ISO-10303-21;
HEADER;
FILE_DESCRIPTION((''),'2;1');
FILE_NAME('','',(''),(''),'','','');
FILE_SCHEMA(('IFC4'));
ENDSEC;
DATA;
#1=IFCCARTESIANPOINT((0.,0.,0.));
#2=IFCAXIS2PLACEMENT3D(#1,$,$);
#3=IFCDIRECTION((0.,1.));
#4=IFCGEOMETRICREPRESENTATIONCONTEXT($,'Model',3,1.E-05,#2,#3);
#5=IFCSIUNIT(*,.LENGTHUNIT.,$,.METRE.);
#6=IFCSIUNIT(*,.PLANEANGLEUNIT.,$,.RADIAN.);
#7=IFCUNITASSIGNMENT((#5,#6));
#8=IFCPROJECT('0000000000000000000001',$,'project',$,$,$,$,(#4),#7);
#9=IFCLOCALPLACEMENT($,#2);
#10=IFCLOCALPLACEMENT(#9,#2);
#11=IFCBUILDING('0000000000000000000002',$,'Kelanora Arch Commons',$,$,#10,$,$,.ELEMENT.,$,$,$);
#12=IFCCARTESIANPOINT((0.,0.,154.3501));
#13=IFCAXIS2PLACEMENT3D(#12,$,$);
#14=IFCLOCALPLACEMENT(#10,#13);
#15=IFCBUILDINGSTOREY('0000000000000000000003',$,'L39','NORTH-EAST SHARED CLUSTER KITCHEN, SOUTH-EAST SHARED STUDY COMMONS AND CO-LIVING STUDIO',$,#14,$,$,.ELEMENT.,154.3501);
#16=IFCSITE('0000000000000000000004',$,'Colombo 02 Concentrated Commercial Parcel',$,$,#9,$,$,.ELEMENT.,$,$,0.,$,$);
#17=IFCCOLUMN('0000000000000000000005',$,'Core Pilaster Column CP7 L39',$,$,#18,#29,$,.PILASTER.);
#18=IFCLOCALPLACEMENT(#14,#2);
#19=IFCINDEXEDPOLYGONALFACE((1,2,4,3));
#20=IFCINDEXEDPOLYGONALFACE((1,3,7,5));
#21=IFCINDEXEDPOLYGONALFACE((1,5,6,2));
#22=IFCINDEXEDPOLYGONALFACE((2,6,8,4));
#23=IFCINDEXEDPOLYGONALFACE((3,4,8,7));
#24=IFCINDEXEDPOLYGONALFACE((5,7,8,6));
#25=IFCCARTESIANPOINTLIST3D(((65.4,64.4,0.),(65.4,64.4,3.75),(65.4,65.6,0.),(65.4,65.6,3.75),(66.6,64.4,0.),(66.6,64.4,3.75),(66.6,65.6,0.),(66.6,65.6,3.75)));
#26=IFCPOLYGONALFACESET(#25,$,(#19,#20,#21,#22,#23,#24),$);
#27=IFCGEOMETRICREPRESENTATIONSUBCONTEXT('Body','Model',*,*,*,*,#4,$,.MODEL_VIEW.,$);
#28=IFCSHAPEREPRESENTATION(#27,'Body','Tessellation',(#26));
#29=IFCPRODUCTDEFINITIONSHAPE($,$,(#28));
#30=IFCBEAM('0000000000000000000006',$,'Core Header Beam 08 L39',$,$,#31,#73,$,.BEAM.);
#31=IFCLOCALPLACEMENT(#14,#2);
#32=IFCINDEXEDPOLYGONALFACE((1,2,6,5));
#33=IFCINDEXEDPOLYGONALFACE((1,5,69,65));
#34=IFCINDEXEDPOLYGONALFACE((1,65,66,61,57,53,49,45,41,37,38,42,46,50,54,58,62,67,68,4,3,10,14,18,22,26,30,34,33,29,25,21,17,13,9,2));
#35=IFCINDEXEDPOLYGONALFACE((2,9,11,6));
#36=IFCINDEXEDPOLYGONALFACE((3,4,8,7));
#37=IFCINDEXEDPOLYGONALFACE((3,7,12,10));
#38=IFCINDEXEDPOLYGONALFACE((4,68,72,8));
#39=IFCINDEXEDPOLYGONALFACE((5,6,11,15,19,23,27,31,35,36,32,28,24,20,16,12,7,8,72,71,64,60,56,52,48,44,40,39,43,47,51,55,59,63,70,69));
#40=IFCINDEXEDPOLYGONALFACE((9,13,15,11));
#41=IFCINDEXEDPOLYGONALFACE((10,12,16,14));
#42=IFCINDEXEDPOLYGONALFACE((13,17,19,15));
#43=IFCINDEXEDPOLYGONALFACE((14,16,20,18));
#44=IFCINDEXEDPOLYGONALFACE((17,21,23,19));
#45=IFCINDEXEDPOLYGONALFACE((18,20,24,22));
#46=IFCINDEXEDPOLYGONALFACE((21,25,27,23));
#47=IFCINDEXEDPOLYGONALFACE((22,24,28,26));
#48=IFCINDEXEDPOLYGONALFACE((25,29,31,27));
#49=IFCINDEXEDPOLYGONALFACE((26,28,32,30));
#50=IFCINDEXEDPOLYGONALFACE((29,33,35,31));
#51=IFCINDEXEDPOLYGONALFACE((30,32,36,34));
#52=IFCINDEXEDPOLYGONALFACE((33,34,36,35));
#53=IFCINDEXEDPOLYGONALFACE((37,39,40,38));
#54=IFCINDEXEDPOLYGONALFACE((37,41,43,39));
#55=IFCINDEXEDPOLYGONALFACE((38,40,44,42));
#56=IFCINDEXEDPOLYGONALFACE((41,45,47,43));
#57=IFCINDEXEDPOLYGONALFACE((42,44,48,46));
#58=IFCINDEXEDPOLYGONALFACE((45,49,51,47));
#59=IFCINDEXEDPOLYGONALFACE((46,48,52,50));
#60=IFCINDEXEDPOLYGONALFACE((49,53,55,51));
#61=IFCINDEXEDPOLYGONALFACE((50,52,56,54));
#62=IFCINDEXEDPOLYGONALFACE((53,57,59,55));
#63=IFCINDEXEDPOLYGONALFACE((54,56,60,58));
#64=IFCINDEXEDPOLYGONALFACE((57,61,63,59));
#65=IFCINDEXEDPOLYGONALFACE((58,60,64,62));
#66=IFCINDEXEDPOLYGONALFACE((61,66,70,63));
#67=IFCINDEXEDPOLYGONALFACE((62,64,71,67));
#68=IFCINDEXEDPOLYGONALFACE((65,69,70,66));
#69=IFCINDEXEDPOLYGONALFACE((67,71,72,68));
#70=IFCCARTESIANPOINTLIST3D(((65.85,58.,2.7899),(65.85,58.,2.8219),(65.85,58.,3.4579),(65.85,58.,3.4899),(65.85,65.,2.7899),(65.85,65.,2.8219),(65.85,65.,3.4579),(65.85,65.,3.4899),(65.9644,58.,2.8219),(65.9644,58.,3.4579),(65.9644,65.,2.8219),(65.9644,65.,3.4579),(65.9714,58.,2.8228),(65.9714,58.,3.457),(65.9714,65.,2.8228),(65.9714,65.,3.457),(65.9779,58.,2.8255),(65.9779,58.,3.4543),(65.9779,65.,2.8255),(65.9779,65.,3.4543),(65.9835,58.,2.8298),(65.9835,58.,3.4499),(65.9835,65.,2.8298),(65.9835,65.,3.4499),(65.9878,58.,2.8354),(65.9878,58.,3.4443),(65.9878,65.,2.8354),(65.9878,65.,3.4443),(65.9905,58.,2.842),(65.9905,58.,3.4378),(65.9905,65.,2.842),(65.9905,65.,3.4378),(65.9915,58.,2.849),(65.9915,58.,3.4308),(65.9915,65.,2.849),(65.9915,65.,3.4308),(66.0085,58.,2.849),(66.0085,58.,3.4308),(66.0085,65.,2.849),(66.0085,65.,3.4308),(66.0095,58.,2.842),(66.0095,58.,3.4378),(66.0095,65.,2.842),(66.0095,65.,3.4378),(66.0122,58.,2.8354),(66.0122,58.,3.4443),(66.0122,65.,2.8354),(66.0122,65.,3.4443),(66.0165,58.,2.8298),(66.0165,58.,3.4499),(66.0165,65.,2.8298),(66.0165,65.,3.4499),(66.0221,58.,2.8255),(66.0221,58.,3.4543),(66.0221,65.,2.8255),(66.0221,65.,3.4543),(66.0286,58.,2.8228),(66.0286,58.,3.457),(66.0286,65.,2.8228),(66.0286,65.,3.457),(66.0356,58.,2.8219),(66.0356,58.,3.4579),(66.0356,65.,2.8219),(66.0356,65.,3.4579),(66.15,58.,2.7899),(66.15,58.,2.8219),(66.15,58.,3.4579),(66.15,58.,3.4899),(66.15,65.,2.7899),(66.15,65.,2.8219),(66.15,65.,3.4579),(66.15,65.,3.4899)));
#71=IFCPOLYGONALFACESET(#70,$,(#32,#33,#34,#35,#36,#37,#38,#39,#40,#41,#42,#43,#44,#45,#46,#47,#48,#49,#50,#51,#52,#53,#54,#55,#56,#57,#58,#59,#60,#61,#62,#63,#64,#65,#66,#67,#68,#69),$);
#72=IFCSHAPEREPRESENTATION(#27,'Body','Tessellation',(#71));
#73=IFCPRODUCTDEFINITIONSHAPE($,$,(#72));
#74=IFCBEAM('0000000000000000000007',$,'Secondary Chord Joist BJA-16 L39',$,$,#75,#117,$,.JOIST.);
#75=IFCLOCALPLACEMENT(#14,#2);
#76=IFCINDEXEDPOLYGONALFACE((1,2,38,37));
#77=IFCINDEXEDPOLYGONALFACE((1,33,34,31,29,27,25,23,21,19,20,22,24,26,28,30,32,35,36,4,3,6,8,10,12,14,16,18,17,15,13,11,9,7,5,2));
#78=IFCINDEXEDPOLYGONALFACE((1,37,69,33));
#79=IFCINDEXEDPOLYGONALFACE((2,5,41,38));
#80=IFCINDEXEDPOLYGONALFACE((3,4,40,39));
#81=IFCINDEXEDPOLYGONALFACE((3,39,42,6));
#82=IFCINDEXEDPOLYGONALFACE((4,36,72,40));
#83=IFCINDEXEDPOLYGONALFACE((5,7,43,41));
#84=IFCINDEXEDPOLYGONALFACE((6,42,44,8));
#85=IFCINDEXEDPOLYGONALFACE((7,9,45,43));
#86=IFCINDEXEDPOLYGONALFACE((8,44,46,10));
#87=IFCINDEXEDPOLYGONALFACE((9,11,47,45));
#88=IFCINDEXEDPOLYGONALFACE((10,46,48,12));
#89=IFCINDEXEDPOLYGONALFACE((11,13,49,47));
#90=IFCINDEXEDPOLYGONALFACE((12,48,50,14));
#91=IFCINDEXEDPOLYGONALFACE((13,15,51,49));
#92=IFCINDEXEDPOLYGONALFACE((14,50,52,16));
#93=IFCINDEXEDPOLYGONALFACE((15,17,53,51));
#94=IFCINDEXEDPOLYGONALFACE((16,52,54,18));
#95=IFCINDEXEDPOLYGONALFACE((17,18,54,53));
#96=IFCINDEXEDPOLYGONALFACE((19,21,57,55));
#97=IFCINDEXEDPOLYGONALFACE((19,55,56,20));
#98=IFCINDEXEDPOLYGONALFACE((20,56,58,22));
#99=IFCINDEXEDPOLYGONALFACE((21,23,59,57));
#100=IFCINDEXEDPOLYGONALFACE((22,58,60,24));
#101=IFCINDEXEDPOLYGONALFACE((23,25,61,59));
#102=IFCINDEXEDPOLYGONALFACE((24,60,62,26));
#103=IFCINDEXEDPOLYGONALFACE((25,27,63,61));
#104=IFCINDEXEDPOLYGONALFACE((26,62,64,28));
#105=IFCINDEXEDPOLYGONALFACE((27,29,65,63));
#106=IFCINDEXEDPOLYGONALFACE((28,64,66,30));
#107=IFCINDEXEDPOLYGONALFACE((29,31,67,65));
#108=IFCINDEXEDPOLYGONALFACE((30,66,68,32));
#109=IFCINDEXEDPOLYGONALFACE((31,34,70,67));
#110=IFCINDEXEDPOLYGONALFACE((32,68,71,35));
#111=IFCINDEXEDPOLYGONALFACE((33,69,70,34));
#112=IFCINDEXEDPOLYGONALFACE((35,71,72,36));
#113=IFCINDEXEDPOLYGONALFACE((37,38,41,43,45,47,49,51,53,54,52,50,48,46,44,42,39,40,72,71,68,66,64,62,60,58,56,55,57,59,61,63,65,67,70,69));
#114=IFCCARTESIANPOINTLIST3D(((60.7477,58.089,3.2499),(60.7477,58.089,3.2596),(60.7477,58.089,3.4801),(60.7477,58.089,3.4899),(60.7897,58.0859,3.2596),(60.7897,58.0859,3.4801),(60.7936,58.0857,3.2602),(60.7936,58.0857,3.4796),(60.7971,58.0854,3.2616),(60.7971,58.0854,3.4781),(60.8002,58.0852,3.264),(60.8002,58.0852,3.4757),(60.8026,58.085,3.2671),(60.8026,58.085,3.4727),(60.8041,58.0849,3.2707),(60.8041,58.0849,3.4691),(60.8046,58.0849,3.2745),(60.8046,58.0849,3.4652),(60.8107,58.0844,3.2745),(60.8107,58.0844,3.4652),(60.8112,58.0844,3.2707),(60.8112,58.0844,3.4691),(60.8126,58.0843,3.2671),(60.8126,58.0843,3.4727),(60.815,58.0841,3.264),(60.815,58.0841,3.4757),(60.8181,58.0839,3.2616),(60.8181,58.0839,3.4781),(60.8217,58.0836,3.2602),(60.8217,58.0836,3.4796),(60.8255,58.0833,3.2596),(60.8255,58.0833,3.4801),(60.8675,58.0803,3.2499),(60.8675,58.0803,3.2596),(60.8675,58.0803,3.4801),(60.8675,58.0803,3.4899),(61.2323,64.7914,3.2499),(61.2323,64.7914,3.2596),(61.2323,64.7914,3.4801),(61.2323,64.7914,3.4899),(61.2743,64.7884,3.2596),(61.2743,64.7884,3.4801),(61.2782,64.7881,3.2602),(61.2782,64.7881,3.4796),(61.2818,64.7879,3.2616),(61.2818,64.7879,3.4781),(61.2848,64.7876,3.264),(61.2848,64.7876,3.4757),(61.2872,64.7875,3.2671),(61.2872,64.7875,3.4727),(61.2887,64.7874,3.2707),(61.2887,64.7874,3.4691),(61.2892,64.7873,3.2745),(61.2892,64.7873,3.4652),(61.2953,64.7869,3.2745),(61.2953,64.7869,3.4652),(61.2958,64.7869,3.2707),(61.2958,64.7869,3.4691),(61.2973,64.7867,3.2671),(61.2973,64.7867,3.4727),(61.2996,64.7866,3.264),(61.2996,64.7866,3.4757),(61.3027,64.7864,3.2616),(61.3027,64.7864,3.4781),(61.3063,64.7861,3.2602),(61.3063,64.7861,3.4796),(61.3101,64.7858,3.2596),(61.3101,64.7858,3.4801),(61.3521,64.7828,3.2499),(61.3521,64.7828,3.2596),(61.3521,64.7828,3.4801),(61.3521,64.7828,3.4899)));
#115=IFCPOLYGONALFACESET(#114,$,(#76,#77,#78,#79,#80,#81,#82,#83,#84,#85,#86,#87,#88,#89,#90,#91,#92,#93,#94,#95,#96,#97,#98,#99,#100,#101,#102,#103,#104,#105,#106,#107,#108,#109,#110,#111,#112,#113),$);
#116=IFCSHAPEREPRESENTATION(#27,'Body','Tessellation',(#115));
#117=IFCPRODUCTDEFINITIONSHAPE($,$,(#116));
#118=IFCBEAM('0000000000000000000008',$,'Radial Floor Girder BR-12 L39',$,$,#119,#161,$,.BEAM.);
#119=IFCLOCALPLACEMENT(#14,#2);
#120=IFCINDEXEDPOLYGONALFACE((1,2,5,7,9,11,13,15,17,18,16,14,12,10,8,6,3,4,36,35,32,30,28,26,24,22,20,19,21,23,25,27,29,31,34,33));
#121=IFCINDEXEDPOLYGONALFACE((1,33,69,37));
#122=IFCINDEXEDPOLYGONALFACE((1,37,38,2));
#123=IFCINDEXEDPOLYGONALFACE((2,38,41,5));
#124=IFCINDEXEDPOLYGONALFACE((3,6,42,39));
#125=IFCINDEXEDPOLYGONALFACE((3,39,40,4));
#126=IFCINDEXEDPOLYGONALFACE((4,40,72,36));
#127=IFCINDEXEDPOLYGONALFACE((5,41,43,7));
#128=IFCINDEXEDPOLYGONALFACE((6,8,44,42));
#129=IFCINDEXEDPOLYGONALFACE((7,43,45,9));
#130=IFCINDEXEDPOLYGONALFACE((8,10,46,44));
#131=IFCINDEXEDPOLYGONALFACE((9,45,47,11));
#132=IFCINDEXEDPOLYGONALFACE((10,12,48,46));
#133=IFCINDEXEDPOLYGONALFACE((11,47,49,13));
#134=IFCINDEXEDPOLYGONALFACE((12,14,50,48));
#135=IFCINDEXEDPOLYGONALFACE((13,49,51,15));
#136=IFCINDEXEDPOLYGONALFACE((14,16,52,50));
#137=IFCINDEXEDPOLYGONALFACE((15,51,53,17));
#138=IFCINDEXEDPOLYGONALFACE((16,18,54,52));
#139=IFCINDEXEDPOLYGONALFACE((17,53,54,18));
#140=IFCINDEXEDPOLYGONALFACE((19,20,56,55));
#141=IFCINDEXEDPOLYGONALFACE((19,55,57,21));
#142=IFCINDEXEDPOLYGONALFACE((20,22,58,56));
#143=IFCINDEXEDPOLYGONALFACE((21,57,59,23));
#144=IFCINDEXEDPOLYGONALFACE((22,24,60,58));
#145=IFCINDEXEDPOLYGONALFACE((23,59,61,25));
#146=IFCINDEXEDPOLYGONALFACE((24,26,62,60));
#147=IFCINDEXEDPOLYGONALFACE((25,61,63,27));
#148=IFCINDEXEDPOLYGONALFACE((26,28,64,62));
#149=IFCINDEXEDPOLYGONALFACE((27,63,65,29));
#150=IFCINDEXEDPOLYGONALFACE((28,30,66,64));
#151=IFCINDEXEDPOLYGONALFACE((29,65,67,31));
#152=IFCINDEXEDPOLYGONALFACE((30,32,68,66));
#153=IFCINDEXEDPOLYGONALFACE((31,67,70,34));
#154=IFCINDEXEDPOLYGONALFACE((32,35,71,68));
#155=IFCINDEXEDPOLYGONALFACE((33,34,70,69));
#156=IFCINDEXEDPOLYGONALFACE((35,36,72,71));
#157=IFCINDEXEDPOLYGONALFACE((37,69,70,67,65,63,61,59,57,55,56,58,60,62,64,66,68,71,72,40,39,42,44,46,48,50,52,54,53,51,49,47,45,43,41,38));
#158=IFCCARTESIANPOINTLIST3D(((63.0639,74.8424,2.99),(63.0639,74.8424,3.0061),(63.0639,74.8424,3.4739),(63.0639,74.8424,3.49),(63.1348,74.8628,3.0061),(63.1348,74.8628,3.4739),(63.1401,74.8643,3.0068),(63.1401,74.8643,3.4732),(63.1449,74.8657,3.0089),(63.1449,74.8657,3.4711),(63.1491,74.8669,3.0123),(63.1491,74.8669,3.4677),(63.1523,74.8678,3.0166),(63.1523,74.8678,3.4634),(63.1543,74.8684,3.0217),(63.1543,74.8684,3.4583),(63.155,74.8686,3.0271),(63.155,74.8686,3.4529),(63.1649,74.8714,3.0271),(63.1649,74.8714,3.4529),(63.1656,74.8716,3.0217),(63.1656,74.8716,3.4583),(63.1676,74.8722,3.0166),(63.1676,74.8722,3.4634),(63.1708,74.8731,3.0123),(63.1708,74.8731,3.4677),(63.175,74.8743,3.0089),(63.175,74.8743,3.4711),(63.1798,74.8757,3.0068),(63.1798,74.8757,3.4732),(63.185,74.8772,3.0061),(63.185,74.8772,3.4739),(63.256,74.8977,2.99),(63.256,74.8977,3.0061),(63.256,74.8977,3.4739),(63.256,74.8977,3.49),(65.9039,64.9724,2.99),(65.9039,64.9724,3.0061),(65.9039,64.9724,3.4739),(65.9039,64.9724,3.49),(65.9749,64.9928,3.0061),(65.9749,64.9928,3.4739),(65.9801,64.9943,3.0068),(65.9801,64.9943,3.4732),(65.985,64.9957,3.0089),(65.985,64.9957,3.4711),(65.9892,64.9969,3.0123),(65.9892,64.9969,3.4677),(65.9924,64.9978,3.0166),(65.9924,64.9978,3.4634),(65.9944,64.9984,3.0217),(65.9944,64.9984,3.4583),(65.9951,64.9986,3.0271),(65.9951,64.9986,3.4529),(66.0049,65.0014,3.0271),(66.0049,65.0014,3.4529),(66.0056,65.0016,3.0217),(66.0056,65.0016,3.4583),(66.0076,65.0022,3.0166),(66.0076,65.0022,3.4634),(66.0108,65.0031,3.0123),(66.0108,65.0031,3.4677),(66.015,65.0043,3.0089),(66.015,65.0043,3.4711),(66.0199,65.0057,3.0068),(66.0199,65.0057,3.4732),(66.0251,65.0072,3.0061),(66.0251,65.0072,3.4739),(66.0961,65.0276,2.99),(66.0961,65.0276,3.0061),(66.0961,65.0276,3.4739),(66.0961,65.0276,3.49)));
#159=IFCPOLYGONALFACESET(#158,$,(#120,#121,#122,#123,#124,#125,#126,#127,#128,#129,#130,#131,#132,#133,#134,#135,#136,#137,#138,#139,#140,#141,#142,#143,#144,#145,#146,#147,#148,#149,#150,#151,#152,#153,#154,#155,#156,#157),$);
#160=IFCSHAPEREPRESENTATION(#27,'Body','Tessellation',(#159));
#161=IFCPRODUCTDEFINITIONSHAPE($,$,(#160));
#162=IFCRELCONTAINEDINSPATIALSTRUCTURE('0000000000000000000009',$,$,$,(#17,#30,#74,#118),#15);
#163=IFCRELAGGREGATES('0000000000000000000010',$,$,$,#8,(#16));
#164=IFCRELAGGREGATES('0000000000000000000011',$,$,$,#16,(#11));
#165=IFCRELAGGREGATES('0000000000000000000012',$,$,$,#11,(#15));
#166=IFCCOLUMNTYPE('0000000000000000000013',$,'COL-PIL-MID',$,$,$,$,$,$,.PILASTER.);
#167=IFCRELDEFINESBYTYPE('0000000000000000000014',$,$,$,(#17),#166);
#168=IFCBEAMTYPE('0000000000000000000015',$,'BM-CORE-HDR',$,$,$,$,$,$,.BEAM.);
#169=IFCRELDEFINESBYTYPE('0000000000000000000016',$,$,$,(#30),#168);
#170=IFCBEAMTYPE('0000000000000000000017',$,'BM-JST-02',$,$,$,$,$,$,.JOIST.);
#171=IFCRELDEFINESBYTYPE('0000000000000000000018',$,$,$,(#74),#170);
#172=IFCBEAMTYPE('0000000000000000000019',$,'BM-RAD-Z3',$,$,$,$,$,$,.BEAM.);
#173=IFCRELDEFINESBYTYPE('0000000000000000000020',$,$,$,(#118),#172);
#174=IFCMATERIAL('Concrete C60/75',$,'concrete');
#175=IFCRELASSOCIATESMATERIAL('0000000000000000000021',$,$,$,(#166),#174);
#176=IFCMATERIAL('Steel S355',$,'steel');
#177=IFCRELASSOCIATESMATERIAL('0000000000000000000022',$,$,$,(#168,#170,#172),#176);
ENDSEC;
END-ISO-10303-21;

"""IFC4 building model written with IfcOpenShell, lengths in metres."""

from ifc_helpers import new_model, si_unit, direction, frame, origin, origin_2d, place, context, subcontext, project, spatial, rectangle, i_section, extrude, material, material_profile, profile_set, type_object, element, save


model = new_model("IFC4")

# Units and contexts
model_context = context("Model", 3, precision=1e-05, world=origin(), true_north=direction((0.0, 1.0)))
body_context = subcontext(model_context, "Body", "Model", "MODEL_VIEW")
ifc_project = project(units=[si_unit("LENGTHUNIT", "METRE"), si_unit("PLANEANGLEUNIT", "RADIAN")], contexts=[model_context])

# Site, building, storey
site_placement = place(None, origin())
site = spatial("IfcSite", under=ifc_project, at=site_placement, Name="Colombo 02 Concentrated Commercial Parcel", CompositionType="ELEMENT", RefElevation=0.0)
building_placement = place(site_placement, origin())
building = spatial("IfcBuilding", under=site, at=building_placement, Name="Kelanora Arch Commons", CompositionType="ELEMENT")
storey_placement = place(building_placement, frame((0.0, 0.0, 154.3501)))
storey = spatial("IfcBuildingStorey", under=building, at=storey_placement, Name="L39", Description="NORTH-EAST SHARED CLUSTER KITCHEN, SOUTH-EAST SHARED STUDY COMMONS AND CO-LIVING STUDIO", CompositionType="ELEMENT", Elevation=154.3501)

# Column
ifc_material_1 = material(Name="Concrete C60/75", Category="concrete")
ifc_material_profile_1 = material_profile(ifc_material_1, rectangle(XDim=1.2, YDim=1.2, at=origin_2d()), Name="RC1200x1200")
ifc_profile_set_1 = profile_set([ifc_material_profile_1], Name="Concrete C60/75")
column_type = type_object("IfcColumnType", Name="COL-PIL-MID", PredefinedType="PILASTER", material=ifc_profile_set_1)
column_placement = place(storey_placement, frame((66.0, 65.0, 0.0), z_axis=(0.0, 0.0, 1.0), x_axis=(1.0, 0.0, 0.0)))
element("IfcColumn", 1, at=column_placement, inside=storey, type_object=column_type, Name="Core Pilaster Column CP7 L39", PredefinedType="PILASTER", context=body_context, shape_type="SweptSolid", body=[
    extrude(rectangle(XDim=1.2, YDim=1.2, at=origin_2d()), origin(), (0.0, 0.0, 1.0), 3.75),
])

# Beams
ifc_material_2 = material(Name="Steel S355", Category="steel")
ifc_material_profile_2 = material_profile(ifc_material_2, i_section(OverallWidth=0.3, OverallDepth=0.7, WebThickness=0.0171, FlangeThickness=0.032, FilletRadius=0.0271, at=origin_2d()), Name="HEB700")
ifc_profile_set_2 = profile_set([ifc_material_profile_2], Name="Steel S355")
beam_type_1 = type_object("IfcBeamType", Name="BM-CORE-HDR", PredefinedType="BEAM", material=ifc_profile_set_2)
beam_1_placement = place(storey_placement, frame((66.0, 65.0, 3.1399), z_axis=(0.0, -1.0, 0.0), x_axis=(1.0, 0.0, 0.0)))
element("IfcBeam", 2, at=beam_1_placement, inside=storey, type_object=beam_type_1, Name="Core Header Beam 08 L39", PredefinedType="BEAM", context=body_context, shape_type="SweptSolid", body=[
    extrude(i_section(OverallWidth=0.3, OverallDepth=0.7, WebThickness=0.0171, FlangeThickness=0.032, FilletRadius=0.0271, at=origin_2d()), origin(), (0.0, 0.0, 1.0), 7.0),
])
ifc_material_profile_3 = material_profile(ifc_material_2, i_section(OverallWidth=0.1201, OverallDepth=0.24, WebThickness=0.0061, FlangeThickness=0.0098, FilletRadius=0.0149, at=origin_2d()), Name="IPE240")
ifc_profile_set_3 = profile_set([ifc_material_profile_3], Name="Steel S355")
beam_type_2 = type_object("IfcBeamType", Name="BM-JST-02", PredefinedType="JOIST", material=ifc_profile_set_3)
beam_2_placement = place(storey_placement, frame((61.2922, 64.7871, 3.3699), z_axis=(-0.072117, -0.997396, 0.0), x_axis=(0.997396, -0.072117, 0.0)))
element("IfcBeam", 3, at=beam_2_placement, inside=storey, type_object=beam_type_2, Name="Secondary Chord Joist BJA-16 L39", PredefinedType="JOIST", context=body_context, shape_type="SweptSolid", body=[
    extrude(i_section(OverallWidth=0.1201, OverallDepth=0.24, WebThickness=0.0061, FlangeThickness=0.0098, FilletRadius=0.0149, at=origin_2d()), origin(), (0.0, 0.0, 1.0), 6.72),
])
ifc_material_profile_4 = material_profile(ifc_material_2, i_section(OverallWidth=0.2, OverallDepth=0.5, WebThickness=0.0103, FlangeThickness=0.0161, FilletRadius=0.021, at=origin_2d()), Name="IPE500")
ifc_profile_set_4 = profile_set([ifc_material_profile_4], Name="Steel S355")
beam_type_3 = type_object("IfcBeamType", Name="BM-RAD-Z3", PredefinedType="BEAM", material=ifc_profile_set_4)
beam_3_placement = place(storey_placement, frame((66.0, 65.0, 3.24), z_axis=(-0.276526, 0.961006, 0.0), x_axis=(-0.961006, -0.276526, 0.0)))
element("IfcBeam", 4, at=beam_3_placement, inside=storey, type_object=beam_type_3, Name="Radial Floor Girder BR-12 L39", PredefinedType="BEAM", context=body_context, shape_type="SweptSolid", body=[
    extrude(i_section(OverallWidth=0.2, OverallDepth=0.5, WebThickness=0.0103, FlangeThickness=0.0161, FilletRadius=0.021, at=origin_2d()), origin(), (0.0, 0.0, 1.0), 10.2705),
])

save(model, "model.ifc")
